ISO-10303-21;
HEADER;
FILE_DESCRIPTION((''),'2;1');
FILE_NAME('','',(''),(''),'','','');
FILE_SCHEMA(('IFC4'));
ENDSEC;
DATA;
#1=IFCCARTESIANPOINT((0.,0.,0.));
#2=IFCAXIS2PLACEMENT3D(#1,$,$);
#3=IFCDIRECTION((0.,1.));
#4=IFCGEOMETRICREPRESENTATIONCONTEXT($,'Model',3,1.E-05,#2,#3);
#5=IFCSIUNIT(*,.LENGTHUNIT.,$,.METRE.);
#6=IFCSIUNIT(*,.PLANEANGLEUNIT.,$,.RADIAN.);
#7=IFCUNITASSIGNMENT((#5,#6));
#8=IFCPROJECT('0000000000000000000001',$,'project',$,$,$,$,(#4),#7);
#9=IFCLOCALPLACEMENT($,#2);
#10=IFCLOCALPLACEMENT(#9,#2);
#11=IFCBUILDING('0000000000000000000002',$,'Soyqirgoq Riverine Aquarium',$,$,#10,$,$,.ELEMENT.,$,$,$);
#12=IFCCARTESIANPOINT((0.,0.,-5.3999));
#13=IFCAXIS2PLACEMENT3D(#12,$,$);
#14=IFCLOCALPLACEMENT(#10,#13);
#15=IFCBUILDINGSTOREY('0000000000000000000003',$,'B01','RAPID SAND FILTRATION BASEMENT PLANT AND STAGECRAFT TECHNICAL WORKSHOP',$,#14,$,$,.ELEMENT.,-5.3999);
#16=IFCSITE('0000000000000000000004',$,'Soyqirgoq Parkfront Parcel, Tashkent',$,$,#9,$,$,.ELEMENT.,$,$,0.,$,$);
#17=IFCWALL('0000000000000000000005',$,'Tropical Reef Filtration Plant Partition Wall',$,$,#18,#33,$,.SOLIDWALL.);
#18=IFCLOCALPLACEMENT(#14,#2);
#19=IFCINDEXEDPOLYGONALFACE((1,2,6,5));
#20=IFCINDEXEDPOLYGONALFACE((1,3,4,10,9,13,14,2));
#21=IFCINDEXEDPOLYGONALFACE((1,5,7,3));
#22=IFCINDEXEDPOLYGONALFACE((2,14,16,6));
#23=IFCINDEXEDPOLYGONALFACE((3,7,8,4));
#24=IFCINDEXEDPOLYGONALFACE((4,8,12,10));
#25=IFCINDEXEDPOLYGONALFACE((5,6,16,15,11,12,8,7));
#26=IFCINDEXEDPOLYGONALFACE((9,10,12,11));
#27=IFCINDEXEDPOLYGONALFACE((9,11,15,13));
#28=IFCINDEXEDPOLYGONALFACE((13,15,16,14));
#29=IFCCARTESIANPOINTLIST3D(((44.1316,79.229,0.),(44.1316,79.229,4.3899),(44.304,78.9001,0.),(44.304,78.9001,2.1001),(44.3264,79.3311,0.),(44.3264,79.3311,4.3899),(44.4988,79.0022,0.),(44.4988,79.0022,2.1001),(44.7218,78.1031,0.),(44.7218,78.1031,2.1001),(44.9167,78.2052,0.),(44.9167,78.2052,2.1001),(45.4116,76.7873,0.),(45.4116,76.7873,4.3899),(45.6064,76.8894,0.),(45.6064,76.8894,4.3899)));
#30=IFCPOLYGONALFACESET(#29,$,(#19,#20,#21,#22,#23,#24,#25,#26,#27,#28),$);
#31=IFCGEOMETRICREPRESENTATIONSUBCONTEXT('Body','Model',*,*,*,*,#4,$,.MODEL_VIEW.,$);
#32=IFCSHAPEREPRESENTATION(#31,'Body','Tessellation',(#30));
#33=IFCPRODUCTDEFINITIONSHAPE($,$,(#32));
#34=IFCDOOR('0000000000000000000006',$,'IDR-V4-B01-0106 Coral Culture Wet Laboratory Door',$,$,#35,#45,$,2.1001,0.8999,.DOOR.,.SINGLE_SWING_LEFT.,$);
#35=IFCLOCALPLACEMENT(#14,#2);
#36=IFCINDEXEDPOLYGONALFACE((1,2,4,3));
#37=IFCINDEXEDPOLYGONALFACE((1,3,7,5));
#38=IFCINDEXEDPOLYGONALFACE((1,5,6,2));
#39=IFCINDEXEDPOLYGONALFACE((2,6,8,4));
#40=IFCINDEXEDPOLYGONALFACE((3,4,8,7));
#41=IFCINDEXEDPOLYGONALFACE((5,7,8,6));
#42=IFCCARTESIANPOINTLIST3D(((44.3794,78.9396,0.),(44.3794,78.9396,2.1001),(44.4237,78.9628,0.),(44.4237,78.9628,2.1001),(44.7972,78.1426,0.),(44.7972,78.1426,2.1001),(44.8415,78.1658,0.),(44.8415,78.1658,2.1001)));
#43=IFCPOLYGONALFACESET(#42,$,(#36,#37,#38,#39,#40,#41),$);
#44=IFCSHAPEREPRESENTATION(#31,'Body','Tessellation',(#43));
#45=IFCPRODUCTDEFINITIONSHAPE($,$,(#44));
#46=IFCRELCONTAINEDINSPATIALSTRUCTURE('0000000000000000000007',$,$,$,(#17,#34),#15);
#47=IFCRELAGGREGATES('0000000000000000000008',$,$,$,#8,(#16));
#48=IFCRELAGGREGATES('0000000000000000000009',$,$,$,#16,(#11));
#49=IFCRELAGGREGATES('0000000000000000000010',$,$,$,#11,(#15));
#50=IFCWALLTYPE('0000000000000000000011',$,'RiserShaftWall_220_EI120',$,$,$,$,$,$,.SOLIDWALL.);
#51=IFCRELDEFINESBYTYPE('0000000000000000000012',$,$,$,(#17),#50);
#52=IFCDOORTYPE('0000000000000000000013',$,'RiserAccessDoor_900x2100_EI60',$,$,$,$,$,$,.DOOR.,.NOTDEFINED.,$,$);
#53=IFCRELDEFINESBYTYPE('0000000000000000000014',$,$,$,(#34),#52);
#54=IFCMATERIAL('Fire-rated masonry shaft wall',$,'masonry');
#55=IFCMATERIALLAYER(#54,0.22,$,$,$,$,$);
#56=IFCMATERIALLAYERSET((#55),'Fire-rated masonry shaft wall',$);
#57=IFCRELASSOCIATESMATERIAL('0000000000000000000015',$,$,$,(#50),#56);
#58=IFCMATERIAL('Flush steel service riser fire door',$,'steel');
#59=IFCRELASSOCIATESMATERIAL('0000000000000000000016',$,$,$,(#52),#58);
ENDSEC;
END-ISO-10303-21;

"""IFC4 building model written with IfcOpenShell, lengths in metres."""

from ifc_helpers import new_model, si_unit, direction, frame, frame_2d, origin, place, context, subcontext, project, spatial, rectangle, extrude, material, layer, layer_set, type_object, element, fill, save


model = new_model("IFC4")

# Units and contexts
model_context = context("Model", 3, precision=1e-05, world=origin(), true_north=direction((0.0, 1.0)))
body_context = subcontext(model_context, "Body", "Model", "MODEL_VIEW")
ifc_project = project(units=[si_unit("LENGTHUNIT", "METRE"), si_unit("PLANEANGLEUNIT", "RADIAN")], contexts=[model_context])

# Site, building, storey
site_placement = place(None, origin())
site = spatial("IfcSite", under=ifc_project, at=site_placement, Name="Soyqirgoq Parkfront Parcel, Tashkent", CompositionType="ELEMENT", RefElevation=0.0)
building_placement = place(site_placement, origin())
building = spatial("IfcBuilding", under=site, at=building_placement, Name="Soyqirgoq Riverine Aquarium", CompositionType="ELEMENT")
storey_placement = place(building_placement, frame((0.0, 0.0, -5.3999)))
storey = spatial("IfcBuildingStorey", under=building, at=storey_placement, Name="B01", Description="RAPID SAND FILTRATION BASEMENT PLANT AND STAGECRAFT TECHNICAL WORKSHOP", CompositionType="ELEMENT", Elevation=-5.3999)

# Wall, opening, door
ifc_material_1 = material(Name="Fire-rated masonry shaft wall", Category="masonry")
ifc_layer_1 = layer(ifc_material_1, 0.22)
ifc_layer_set_1 = layer_set([ifc_layer_1], Name="Fire-rated masonry shaft wall")
wall_type_1 = type_object("IfcWallType", Name="RiserShaftWall_220_EI120", PredefinedType="SOLIDWALL", material=ifc_layer_set_1)
wall_1_placement = place(storey_placement, frame((45.509, 76.8384, 0.0), z_axis=(0.0, 0.0, 1.0), x_axis=(-0.464311, 0.885672, 0.0)))
wall_1 = element("IfcWall", 1, at=wall_1_placement, inside=storey, type_object=wall_type_1, Name="Tropical Reef Filtration Plant Partition Wall", PredefinedType="SOLIDWALL", context=body_context, shape_type="SweptSolid", body=[
    extrude(rectangle(XDim=2.7568, YDim=0.22, at=frame_2d((1.3784, 0.0))), origin(), (0.0, 0.0, 1.0), 4.3899),
])
opening_1_placement = place(wall_1_placement, frame((1.4856, 0.0, 0.0)))
opening_1 = element("IfcOpeningElement", 2, at=opening_1_placement, cuts=wall_1, PredefinedType="OPENING", context=body_context, shape_type="SweptSolid", body=[
    extrude(rectangle(XDim=0.8999, YDim=2.1001, at=frame_2d((0.45, 1.05))), frame((0.0, 0.1201, 0.0), z_axis=(0.0, -1.0, 0.0), x_axis=(1.0, 0.0, 0.0)), (0.0, 0.0, 1.0), 0.24),
])
ifc_material_2 = material(Name="Flush steel service riser fire door", Category="steel")
door_type_1 = type_object("IfcDoorType", Name="RiserAccessDoor_900x2100_EI60", OperationType="NOTDEFINED", PredefinedType="DOOR", material=ifc_material_2)
door_1_placement = place(opening_1_placement, origin())
door_1 = element("IfcDoor", 3, at=door_1_placement, inside=storey, type_object=door_type_1, Name="IDR-V4-B01-0106 Coral Culture Wet Laboratory Door", OperationType="SINGLE_SWING_LEFT", OverallHeight=2.1001, OverallWidth=0.8999, PredefinedType="DOOR", context=body_context, shape_type="SweptSolid", body=[
    extrude(rectangle(XDim=0.8999, YDim=2.1001, at=frame_2d((0.45, 1.05))), frame((0.0, 0.0249, 0.0), z_axis=(0.0, -1.0, 0.0), x_axis=(1.0, 0.0, 0.0)), (0.0, 0.0, 1.0), 0.05),
])
fill(opening_1, door_1)

save(model, "model.ifc")
